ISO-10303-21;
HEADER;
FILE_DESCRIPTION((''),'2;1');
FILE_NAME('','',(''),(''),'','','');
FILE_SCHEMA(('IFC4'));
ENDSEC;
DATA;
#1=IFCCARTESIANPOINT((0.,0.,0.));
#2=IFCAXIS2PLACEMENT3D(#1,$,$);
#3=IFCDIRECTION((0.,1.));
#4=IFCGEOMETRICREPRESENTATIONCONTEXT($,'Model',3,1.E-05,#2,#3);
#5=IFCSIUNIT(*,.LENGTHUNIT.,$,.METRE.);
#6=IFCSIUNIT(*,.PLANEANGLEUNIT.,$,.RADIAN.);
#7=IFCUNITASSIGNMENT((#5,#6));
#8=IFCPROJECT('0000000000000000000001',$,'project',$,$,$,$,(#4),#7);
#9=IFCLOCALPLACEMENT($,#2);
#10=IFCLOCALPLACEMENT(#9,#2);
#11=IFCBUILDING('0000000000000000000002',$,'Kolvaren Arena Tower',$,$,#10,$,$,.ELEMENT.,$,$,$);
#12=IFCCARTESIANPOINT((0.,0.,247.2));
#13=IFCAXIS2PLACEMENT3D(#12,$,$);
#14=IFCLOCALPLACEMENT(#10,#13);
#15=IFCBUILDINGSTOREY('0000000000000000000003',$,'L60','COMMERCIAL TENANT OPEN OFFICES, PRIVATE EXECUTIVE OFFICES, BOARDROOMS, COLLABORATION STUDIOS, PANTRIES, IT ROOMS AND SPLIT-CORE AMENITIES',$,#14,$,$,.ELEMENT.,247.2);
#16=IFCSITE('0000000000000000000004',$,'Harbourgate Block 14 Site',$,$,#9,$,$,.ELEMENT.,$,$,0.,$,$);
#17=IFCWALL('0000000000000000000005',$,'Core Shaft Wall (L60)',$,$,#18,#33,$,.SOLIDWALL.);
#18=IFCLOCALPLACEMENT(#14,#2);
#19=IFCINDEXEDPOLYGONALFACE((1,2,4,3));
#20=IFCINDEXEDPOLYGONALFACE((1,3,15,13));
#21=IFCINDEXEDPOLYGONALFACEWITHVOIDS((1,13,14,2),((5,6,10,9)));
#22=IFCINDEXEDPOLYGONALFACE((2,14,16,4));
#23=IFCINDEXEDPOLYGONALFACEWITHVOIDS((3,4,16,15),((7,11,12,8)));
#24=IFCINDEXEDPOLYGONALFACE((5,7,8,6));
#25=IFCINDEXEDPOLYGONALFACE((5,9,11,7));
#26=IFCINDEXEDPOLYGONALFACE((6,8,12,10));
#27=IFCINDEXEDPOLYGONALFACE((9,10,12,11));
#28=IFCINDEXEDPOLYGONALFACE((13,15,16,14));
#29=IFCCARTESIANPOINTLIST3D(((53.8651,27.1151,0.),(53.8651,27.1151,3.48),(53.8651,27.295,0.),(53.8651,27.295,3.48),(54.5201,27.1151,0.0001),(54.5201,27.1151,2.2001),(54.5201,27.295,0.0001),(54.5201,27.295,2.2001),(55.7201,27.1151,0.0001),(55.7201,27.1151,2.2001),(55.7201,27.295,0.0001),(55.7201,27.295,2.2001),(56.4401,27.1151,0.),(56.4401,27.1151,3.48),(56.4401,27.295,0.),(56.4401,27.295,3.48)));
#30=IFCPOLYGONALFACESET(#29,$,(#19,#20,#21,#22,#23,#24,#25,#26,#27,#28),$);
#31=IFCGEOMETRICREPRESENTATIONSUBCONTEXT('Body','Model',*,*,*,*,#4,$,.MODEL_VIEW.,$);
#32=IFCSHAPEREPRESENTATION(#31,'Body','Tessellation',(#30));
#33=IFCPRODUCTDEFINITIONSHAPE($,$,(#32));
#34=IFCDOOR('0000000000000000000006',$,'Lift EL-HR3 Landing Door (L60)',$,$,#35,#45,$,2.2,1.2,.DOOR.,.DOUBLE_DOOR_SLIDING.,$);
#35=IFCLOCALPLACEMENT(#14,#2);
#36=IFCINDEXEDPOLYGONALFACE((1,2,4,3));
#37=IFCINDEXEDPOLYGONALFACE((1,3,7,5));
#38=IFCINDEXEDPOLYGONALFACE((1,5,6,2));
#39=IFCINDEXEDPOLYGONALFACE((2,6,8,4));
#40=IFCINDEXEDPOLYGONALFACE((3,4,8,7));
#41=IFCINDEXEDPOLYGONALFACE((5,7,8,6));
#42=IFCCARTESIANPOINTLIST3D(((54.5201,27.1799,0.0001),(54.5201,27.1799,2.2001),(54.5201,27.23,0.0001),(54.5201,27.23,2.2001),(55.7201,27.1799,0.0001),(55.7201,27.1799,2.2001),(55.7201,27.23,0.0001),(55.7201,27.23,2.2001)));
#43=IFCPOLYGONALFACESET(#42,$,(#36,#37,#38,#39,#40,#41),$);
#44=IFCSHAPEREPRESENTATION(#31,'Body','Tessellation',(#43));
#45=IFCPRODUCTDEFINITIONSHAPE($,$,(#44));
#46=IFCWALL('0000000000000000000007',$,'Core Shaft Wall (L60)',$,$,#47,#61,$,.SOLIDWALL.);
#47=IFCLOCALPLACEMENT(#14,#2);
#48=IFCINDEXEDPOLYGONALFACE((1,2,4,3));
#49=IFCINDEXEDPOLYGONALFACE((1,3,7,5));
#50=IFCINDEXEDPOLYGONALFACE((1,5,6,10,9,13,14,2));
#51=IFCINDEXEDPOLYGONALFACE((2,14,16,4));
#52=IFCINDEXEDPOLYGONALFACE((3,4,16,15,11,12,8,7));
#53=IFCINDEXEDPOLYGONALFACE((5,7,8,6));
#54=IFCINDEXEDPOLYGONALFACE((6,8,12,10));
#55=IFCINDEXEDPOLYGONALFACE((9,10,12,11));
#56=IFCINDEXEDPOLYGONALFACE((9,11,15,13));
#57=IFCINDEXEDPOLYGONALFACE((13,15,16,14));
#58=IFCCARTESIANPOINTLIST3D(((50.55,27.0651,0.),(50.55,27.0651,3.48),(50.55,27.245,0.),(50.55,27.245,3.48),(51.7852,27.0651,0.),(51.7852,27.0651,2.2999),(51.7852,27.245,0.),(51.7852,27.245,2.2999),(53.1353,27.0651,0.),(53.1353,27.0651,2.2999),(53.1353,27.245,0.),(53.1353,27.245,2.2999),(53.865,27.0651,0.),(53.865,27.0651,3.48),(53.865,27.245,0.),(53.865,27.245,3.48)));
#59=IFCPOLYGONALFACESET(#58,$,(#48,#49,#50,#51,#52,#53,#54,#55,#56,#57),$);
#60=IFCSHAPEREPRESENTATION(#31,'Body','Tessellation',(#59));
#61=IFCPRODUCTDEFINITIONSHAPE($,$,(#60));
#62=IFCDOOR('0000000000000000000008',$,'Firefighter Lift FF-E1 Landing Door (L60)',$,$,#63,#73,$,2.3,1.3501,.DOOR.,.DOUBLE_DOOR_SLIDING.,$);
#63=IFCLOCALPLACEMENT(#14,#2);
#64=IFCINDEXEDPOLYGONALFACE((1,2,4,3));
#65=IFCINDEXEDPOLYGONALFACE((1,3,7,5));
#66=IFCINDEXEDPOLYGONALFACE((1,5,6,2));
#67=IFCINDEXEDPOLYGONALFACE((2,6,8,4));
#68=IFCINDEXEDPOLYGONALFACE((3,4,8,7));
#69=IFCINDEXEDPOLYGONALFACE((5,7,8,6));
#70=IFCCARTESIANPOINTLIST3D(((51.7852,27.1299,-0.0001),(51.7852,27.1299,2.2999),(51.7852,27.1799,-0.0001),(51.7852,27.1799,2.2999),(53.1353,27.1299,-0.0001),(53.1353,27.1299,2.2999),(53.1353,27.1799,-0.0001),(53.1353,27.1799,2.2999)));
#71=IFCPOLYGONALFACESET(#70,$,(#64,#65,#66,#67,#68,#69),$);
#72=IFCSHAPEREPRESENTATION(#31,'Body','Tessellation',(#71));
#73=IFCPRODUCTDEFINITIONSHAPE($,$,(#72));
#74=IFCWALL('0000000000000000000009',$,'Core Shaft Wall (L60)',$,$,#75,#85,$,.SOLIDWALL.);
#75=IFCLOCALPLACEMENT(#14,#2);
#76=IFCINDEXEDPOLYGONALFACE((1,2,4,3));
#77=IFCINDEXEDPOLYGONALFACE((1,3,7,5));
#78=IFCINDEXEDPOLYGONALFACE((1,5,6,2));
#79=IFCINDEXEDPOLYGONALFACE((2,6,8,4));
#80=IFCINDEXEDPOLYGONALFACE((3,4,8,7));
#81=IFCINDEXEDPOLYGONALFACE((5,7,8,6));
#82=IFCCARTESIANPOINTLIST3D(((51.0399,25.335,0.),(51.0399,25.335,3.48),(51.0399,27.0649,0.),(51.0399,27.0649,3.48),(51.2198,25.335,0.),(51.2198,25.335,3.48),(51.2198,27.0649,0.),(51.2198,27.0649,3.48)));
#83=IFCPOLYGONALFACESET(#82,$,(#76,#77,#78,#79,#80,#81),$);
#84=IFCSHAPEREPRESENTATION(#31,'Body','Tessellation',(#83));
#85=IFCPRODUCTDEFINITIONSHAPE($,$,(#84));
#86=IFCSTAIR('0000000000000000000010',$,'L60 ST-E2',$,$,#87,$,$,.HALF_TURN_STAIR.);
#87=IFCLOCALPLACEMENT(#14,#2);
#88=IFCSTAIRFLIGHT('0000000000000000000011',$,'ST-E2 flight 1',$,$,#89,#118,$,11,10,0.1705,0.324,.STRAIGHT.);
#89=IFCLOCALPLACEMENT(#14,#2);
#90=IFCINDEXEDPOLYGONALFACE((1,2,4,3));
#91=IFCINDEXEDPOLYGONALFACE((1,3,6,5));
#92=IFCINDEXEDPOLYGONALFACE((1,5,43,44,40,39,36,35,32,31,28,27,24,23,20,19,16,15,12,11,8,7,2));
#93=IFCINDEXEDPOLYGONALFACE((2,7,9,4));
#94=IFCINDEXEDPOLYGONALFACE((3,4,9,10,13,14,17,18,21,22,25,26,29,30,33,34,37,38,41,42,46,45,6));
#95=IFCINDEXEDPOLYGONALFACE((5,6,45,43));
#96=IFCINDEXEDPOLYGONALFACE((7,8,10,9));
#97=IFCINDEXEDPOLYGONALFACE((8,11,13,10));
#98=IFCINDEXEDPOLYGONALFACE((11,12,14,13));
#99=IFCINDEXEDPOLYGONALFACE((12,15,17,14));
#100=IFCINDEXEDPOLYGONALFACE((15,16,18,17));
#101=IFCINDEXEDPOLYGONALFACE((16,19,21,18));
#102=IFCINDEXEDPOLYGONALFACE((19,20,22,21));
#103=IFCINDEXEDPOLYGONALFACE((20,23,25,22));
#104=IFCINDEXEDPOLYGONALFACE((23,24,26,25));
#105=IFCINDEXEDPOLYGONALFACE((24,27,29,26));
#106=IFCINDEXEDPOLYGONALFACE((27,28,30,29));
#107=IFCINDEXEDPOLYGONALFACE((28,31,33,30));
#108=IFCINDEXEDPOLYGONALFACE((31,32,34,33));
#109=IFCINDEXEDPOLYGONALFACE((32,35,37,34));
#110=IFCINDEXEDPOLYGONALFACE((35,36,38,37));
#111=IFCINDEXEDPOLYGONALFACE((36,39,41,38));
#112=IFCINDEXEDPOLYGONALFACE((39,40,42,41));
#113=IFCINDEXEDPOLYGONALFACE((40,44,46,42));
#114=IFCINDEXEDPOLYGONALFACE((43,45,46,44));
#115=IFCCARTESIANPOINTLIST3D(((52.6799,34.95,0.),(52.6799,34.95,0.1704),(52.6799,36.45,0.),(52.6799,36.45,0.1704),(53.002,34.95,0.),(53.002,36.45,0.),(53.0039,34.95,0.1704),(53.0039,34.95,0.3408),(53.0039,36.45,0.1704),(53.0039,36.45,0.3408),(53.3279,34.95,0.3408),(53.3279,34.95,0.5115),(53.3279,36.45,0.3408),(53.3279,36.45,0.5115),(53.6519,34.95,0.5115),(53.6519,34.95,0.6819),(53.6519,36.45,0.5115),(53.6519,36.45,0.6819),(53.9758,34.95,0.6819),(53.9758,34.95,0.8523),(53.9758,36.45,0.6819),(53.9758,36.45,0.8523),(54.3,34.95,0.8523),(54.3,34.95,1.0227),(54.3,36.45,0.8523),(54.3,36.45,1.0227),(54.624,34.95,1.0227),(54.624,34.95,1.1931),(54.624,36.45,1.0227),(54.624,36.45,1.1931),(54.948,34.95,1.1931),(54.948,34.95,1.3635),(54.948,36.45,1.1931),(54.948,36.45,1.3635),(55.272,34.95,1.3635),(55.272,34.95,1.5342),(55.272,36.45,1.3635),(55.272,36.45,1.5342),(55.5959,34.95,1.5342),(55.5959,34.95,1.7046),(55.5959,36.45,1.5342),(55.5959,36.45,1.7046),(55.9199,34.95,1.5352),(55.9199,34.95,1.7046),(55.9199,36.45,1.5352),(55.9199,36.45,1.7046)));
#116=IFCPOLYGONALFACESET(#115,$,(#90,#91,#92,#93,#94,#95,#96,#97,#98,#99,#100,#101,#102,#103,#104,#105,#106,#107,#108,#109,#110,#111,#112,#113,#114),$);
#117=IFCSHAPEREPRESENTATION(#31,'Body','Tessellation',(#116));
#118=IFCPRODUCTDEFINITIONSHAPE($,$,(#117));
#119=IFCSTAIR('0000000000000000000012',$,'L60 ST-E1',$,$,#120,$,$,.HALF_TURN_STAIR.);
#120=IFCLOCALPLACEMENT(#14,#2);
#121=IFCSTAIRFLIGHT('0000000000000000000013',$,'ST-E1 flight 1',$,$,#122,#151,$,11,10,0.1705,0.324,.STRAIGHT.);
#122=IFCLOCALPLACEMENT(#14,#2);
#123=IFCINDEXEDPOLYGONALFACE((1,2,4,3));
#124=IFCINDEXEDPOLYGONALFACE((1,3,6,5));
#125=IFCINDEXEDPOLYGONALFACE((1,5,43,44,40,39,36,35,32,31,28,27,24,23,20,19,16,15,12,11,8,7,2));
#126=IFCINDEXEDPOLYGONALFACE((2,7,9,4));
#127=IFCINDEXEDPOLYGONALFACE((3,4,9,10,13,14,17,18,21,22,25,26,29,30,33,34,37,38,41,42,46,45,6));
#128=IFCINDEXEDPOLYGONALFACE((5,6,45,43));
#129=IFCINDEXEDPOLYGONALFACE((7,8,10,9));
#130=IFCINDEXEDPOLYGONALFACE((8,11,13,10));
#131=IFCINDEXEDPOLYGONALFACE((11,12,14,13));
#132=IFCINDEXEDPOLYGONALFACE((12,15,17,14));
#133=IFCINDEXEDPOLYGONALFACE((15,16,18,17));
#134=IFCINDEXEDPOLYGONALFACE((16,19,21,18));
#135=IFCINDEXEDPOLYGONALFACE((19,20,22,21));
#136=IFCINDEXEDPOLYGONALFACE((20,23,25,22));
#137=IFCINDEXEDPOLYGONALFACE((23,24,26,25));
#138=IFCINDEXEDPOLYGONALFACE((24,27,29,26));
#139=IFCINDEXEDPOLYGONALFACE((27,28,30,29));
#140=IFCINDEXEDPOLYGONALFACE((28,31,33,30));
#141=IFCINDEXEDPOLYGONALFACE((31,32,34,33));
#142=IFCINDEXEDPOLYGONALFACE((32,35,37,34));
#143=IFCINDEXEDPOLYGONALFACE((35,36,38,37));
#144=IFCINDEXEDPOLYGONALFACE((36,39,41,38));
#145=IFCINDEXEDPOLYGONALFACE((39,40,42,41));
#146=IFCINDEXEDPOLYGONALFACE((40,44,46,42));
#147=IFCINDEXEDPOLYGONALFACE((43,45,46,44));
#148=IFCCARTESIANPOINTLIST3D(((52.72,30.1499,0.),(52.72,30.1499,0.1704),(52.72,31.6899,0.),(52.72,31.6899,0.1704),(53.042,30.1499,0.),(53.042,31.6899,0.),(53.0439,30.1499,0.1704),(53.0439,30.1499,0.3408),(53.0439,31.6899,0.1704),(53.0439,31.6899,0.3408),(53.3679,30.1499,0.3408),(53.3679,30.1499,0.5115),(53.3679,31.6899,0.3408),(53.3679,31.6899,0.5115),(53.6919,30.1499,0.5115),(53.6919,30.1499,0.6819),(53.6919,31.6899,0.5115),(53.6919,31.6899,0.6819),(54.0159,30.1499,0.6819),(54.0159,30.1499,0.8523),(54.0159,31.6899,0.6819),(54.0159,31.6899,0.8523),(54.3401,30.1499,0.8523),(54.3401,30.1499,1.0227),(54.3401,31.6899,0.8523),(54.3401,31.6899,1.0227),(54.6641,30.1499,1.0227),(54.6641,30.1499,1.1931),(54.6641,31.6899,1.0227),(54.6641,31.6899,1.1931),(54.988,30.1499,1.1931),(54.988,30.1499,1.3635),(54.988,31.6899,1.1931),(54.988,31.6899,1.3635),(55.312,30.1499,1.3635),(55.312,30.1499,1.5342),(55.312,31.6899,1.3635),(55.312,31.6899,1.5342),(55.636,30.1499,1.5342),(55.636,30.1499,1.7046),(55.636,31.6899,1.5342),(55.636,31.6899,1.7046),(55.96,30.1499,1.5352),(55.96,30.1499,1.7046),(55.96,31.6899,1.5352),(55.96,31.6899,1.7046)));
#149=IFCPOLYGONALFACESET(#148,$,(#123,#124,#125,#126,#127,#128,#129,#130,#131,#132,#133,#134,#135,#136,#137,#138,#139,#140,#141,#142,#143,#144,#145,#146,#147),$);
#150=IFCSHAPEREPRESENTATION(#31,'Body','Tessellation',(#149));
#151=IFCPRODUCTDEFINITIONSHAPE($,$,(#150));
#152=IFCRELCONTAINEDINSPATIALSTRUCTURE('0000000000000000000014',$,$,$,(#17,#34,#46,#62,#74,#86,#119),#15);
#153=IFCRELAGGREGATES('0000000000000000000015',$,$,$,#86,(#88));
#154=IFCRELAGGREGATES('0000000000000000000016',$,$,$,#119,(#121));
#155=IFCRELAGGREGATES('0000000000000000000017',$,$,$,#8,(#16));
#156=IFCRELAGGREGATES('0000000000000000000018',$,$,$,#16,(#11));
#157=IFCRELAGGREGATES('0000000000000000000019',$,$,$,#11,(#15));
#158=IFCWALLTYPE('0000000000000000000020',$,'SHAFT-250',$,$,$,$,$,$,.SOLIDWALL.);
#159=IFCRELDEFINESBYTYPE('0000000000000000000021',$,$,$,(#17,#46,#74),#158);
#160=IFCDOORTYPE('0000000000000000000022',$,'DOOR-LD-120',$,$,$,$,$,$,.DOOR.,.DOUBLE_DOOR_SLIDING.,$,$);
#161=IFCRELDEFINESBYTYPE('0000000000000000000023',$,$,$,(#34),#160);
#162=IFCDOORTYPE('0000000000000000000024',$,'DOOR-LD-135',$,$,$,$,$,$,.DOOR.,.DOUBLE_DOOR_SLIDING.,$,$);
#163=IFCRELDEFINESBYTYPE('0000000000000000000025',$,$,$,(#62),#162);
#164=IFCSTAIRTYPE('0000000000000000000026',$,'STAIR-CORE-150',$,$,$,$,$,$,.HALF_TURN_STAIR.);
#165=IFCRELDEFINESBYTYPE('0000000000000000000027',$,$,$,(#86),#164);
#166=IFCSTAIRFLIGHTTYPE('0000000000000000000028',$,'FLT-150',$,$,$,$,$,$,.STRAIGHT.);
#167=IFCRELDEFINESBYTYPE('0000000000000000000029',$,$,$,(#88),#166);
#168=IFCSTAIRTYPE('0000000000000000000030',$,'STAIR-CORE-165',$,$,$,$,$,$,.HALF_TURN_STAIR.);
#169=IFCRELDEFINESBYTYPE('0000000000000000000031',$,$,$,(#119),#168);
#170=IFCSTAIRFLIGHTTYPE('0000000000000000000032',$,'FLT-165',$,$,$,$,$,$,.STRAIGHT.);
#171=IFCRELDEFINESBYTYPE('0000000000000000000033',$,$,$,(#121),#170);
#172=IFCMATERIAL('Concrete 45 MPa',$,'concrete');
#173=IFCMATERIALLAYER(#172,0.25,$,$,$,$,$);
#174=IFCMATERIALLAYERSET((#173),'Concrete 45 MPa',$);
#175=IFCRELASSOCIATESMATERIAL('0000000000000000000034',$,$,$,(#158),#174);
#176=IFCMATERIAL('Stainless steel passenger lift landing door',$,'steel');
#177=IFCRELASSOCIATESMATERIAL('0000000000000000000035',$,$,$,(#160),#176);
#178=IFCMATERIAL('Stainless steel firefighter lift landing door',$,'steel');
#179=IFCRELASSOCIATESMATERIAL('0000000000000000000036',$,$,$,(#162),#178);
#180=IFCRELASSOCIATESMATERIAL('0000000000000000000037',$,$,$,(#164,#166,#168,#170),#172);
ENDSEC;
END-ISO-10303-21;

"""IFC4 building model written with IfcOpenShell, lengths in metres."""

from ifc_helpers import new_model, si_unit, direction, frame, frame_2d, origin, place, context, subcontext, project, spatial, polyline, rectangle, outline, extrude, material, layer, layer_set, type_object, element, fill, aggregate, save


model = new_model("IFC4")

# Units and contexts
model_context = context("Model", 3, precision=1e-05, world=origin(), true_north=direction((0.0, 1.0)))
body_context = subcontext(model_context, "Body", "Model", "MODEL_VIEW")
ifc_project = project(units=[si_unit("LENGTHUNIT", "METRE"), si_unit("PLANEANGLEUNIT", "RADIAN")], contexts=[model_context])

# Site, building, storey
site_placement = place(None, origin())
site = spatial("IfcSite", under=ifc_project, at=site_placement, Name="Harbourgate Block 14 Site", CompositionType="ELEMENT", RefElevation=0.0)
building_placement = place(site_placement, origin())
building = spatial("IfcBuilding", under=site, at=building_placement, Name="Kolvaren Arena Tower", CompositionType="ELEMENT")
storey_placement = place(building_placement, frame((0.0, 0.0, 247.2)))
storey = spatial("IfcBuildingStorey", under=building, at=storey_placement, Name="L60", Description="COMMERCIAL TENANT OPEN OFFICES, PRIVATE EXECUTIVE OFFICES, BOARDROOMS, COLLABORATION STUDIOS, PANTRIES, IT ROOMS AND SPLIT-CORE AMENITIES", CompositionType="ELEMENT", Elevation=247.2)

# Shared definitions
ifc_material_1 = material(Name="Concrete 45 MPa", Category="concrete")
ifc_layer = layer(ifc_material_1, 0.25)
ifc_layer_set = layer_set([ifc_layer], Name="Concrete 45 MPa")
wall_type = type_object("IfcWallType", Name="SHAFT-250", PredefinedType="SOLIDWALL", material=ifc_layer_set)

# Walls, openings, doors
wall_1_placement = place(storey_placement, frame((53.865, 27.2051, 0.0), z_axis=(0.0, 0.0, 1.0), x_axis=(1.0, 0.0, 0.0)))
wall_1 = element("IfcWall", 1, at=wall_1_placement, inside=storey, type_object=wall_type, Name="Core Shaft Wall (L60)", PredefinedType="SOLIDWALL", context=body_context, shape_type="SweptSolid", body=[
    extrude(rectangle(XDim=2.575, YDim=0.1799, at=frame_2d((1.2876, 0.0))), origin(), (0.0, 0.0, 1.0), 3.48),
])
opening_1_placement = place(wall_1_placement, frame((0.655, 0.0, 0.0)))
opening_1 = element("IfcOpeningElement", 2, at=opening_1_placement, cuts=wall_1, PredefinedType="OPENING", context=body_context, shape_type="SweptSolid", body=[
    extrude(rectangle(XDim=1.2, YDim=2.2, at=frame_2d((0.6001, 1.1001))), frame((0.0, 0.0999, 0.0), z_axis=(0.0, -1.0, 0.0), x_axis=(1.0, 0.0, 0.0)), (0.0, 0.0, 1.0), 0.2),
])
ifc_material_2 = material(Name="Stainless steel passenger lift landing door", Category="steel")
door_type_1 = type_object("IfcDoorType", Name="DOOR-LD-120", OperationType="DOUBLE_DOOR_SLIDING", PredefinedType="DOOR", material=ifc_material_2)
door_1_placement = place(opening_1_placement, origin())
door_1 = element("IfcDoor", 3, at=door_1_placement, inside=storey, type_object=door_type_1, Name="Lift EL-HR3 Landing Door (L60)", OperationType="DOUBLE_DOOR_SLIDING", OverallHeight=2.2, OverallWidth=1.2, PredefinedType="DOOR", context=body_context, shape_type="SweptSolid", body=[
    extrude(rectangle(XDim=1.2, YDim=2.2, at=frame_2d((0.6001, 1.1001))), frame((0.0, 0.0249, 0.0), z_axis=(0.0, -1.0, 0.0), x_axis=(1.0, 0.0, 0.0)), (0.0, 0.0, 1.0), 0.05),
])
fill(opening_1, door_1)
wall_2_placement = place(storey_placement, frame((50.55, 27.155, 0.0), z_axis=(0.0, 0.0, 1.0), x_axis=(1.0, 0.0, 0.0)))
wall_2 = element("IfcWall", 4, at=wall_2_placement, inside=storey, type_object=wall_type, Name="Core Shaft Wall (L60)", PredefinedType="SOLIDWALL", context=body_context, shape_type="SweptSolid", body=[
    extrude(rectangle(XDim=3.3149, YDim=0.1799, at=frame_2d((1.6575, 0.0))), origin(), (0.0, 0.0, 1.0), 3.48),
])
opening_2_placement = place(wall_2_placement, frame((1.2351, 0.0, 0.0)))
opening_2 = element("IfcOpeningElement", 5, at=opening_2_placement, cuts=wall_2, PredefinedType="OPENING", context=body_context, shape_type="SweptSolid", body=[
    extrude(rectangle(XDim=1.3501, YDim=2.3, at=frame_2d((0.675, 1.1499))), frame((0.0, 0.0999, 0.0), z_axis=(0.0, -1.0, 0.0), x_axis=(1.0, 0.0, 0.0)), (0.0, 0.0, 1.0), 0.2),
])
ifc_material_3 = material(Name="Stainless steel firefighter lift landing door", Category="steel")
door_type_2 = type_object("IfcDoorType", Name="DOOR-LD-135", OperationType="DOUBLE_DOOR_SLIDING", PredefinedType="DOOR", material=ifc_material_3)
door_2_placement = place(opening_2_placement, origin())
door_2 = element("IfcDoor", 6, at=door_2_placement, inside=storey, type_object=door_type_2, Name="Firefighter Lift FF-E1 Landing Door (L60)", OperationType="DOUBLE_DOOR_SLIDING", OverallHeight=2.3, OverallWidth=1.3501, PredefinedType="DOOR", context=body_context, shape_type="SweptSolid", body=[
    extrude(rectangle(XDim=1.3501, YDim=2.3, at=frame_2d((0.675, 1.1499))), frame((0.0, 0.0249, 0.0), z_axis=(0.0, -1.0, 0.0), x_axis=(1.0, 0.0, 0.0)), (0.0, 0.0, 1.0), 0.05),
])
fill(opening_2, door_2)

# Wall
wall_3_placement = place(storey_placement, frame((51.1299, 25.335, 0.0), z_axis=(0.0, 0.0, 1.0), x_axis=(0.0, 1.0, 0.0)))
element("IfcWall", 7, at=wall_3_placement, inside=storey, type_object=wall_type, Name="Core Shaft Wall (L60)", PredefinedType="SOLIDWALL", context=body_context, shape_type="SweptSolid", body=[
    extrude(rectangle(XDim=1.73, YDim=0.1799, at=frame_2d((0.865, 0.0))), origin(), (0.0, 0.0, 1.0), 3.48),
])

# Stairs, stair flights
stair_type_1 = type_object("IfcStairType", Name="STAIR-CORE-150", PredefinedType="HALF_TURN_STAIR", material=ifc_material_1)
stair_1_placement = place(storey_placement, origin())
stair_1 = element("IfcStair", 8, at=stair_1_placement, inside=storey, type_object=stair_type_1, Name="L60 ST-E2", PredefinedType="HALF_TURN_STAIR")
stair_flight_type_1 = type_object("IfcStairFlightType", Name="FLT-150", PredefinedType="STRAIGHT", material=ifc_material_1)
stair_flight_1_placement = place(storey_placement, frame((52.6799, 35.7, 0.0), z_axis=(0.0, 0.0, 1.0), x_axis=(1.0, 0.0, 0.0)))
stair_flight_1 = element("IfcStairFlight", 9, at=stair_flight_1_placement, type_object=stair_flight_type_1, Name="ST-E2 flight 1", NumberOfRisers=11, NumberOfTreads=10, PredefinedType="STRAIGHT", RiserHeight=0.1705, TreadLength=0.324, context=body_context, shape_type="SweptSolid", body=[
    extrude(outline(polyline([(0.0, 0.0), (0.0, 0.1704), (0.324, 0.1704), (0.324, 0.3408), (0.6479, 0.3408), (0.6479, 0.5115), (0.9719, 0.5115), (0.9719, 0.6819), (1.2959, 0.6819), (1.2959, 0.8523), (1.6201, 0.8523), (1.6201, 1.0227), (1.9441, 1.0227), (1.9441, 1.1931), (2.2681, 1.1931), (2.2681, 1.3635), (2.592, 1.3635), (2.592, 1.5342), (2.916, 1.5342), (2.916, 1.7046), (3.24, 1.7046), (3.24, 1.875), (3.24, 1.5352), (0.322, 0.0), (0.0, 0.0)])), frame((0.0, 0.75, 0.0), z_axis=(0.0, -1.0, 0.0), x_axis=(1.0, 0.0, 0.0)), (0.0, 0.0, 1.0), 1.5),
])
aggregate(stair_1, [stair_flight_1])
stair_type_2 = type_object("IfcStairType", Name="STAIR-CORE-165", PredefinedType="HALF_TURN_STAIR", material=ifc_material_1)
stair_2_placement = place(storey_placement, origin())
stair_2 = element("IfcStair", 10, at=stair_2_placement, inside=storey, type_object=stair_type_2, Name="L60 ST-E1", PredefinedType="HALF_TURN_STAIR")
stair_flight_type_2 = type_object("IfcStairFlightType", Name="FLT-165", PredefinedType="STRAIGHT", material=ifc_material_1)
stair_flight_2_placement = place(storey_placement, frame((52.72, 30.9199, 0.0), z_axis=(0.0, 0.0, 1.0), x_axis=(1.0, 0.0, 0.0)))
stair_flight_2 = element("IfcStairFlight", 11, at=stair_flight_2_placement, type_object=stair_flight_type_2, Name="ST-E1 flight 1", NumberOfRisers=11, NumberOfTreads=10, PredefinedType="STRAIGHT", RiserHeight=0.1705, TreadLength=0.324, context=body_context, shape_type="SweptSolid", body=[
    extrude(outline(polyline([(0.0, 0.0), (0.0, 0.1704), (0.324, 0.1704), (0.324, 0.3408), (0.6479, 0.3408), (0.6479, 0.5115), (0.9719, 0.5115), (0.9719, 0.6819), (1.2959, 0.6819), (1.2959, 0.8523), (1.6201, 0.8523), (1.6201, 1.0227), (1.9441, 1.0227), (1.9441, 1.1931), (2.2681, 1.1931), (2.2681, 1.3635), (2.592, 1.3635), (2.592, 1.5342), (2.916, 1.5342), (2.916, 1.7046), (3.24, 1.7046), (3.24, 1.875), (3.24, 1.5352), (0.322, 0.0), (0.0, 0.0)])), frame((0.0, 0.77, 0.0), z_axis=(0.0, -1.0, 0.0), x_axis=(1.0, 0.0, 0.0)), (0.0, 0.0, 1.0), 1.54),
])
aggregate(stair_2, [stair_flight_2])

save(model, "model.ifc")
